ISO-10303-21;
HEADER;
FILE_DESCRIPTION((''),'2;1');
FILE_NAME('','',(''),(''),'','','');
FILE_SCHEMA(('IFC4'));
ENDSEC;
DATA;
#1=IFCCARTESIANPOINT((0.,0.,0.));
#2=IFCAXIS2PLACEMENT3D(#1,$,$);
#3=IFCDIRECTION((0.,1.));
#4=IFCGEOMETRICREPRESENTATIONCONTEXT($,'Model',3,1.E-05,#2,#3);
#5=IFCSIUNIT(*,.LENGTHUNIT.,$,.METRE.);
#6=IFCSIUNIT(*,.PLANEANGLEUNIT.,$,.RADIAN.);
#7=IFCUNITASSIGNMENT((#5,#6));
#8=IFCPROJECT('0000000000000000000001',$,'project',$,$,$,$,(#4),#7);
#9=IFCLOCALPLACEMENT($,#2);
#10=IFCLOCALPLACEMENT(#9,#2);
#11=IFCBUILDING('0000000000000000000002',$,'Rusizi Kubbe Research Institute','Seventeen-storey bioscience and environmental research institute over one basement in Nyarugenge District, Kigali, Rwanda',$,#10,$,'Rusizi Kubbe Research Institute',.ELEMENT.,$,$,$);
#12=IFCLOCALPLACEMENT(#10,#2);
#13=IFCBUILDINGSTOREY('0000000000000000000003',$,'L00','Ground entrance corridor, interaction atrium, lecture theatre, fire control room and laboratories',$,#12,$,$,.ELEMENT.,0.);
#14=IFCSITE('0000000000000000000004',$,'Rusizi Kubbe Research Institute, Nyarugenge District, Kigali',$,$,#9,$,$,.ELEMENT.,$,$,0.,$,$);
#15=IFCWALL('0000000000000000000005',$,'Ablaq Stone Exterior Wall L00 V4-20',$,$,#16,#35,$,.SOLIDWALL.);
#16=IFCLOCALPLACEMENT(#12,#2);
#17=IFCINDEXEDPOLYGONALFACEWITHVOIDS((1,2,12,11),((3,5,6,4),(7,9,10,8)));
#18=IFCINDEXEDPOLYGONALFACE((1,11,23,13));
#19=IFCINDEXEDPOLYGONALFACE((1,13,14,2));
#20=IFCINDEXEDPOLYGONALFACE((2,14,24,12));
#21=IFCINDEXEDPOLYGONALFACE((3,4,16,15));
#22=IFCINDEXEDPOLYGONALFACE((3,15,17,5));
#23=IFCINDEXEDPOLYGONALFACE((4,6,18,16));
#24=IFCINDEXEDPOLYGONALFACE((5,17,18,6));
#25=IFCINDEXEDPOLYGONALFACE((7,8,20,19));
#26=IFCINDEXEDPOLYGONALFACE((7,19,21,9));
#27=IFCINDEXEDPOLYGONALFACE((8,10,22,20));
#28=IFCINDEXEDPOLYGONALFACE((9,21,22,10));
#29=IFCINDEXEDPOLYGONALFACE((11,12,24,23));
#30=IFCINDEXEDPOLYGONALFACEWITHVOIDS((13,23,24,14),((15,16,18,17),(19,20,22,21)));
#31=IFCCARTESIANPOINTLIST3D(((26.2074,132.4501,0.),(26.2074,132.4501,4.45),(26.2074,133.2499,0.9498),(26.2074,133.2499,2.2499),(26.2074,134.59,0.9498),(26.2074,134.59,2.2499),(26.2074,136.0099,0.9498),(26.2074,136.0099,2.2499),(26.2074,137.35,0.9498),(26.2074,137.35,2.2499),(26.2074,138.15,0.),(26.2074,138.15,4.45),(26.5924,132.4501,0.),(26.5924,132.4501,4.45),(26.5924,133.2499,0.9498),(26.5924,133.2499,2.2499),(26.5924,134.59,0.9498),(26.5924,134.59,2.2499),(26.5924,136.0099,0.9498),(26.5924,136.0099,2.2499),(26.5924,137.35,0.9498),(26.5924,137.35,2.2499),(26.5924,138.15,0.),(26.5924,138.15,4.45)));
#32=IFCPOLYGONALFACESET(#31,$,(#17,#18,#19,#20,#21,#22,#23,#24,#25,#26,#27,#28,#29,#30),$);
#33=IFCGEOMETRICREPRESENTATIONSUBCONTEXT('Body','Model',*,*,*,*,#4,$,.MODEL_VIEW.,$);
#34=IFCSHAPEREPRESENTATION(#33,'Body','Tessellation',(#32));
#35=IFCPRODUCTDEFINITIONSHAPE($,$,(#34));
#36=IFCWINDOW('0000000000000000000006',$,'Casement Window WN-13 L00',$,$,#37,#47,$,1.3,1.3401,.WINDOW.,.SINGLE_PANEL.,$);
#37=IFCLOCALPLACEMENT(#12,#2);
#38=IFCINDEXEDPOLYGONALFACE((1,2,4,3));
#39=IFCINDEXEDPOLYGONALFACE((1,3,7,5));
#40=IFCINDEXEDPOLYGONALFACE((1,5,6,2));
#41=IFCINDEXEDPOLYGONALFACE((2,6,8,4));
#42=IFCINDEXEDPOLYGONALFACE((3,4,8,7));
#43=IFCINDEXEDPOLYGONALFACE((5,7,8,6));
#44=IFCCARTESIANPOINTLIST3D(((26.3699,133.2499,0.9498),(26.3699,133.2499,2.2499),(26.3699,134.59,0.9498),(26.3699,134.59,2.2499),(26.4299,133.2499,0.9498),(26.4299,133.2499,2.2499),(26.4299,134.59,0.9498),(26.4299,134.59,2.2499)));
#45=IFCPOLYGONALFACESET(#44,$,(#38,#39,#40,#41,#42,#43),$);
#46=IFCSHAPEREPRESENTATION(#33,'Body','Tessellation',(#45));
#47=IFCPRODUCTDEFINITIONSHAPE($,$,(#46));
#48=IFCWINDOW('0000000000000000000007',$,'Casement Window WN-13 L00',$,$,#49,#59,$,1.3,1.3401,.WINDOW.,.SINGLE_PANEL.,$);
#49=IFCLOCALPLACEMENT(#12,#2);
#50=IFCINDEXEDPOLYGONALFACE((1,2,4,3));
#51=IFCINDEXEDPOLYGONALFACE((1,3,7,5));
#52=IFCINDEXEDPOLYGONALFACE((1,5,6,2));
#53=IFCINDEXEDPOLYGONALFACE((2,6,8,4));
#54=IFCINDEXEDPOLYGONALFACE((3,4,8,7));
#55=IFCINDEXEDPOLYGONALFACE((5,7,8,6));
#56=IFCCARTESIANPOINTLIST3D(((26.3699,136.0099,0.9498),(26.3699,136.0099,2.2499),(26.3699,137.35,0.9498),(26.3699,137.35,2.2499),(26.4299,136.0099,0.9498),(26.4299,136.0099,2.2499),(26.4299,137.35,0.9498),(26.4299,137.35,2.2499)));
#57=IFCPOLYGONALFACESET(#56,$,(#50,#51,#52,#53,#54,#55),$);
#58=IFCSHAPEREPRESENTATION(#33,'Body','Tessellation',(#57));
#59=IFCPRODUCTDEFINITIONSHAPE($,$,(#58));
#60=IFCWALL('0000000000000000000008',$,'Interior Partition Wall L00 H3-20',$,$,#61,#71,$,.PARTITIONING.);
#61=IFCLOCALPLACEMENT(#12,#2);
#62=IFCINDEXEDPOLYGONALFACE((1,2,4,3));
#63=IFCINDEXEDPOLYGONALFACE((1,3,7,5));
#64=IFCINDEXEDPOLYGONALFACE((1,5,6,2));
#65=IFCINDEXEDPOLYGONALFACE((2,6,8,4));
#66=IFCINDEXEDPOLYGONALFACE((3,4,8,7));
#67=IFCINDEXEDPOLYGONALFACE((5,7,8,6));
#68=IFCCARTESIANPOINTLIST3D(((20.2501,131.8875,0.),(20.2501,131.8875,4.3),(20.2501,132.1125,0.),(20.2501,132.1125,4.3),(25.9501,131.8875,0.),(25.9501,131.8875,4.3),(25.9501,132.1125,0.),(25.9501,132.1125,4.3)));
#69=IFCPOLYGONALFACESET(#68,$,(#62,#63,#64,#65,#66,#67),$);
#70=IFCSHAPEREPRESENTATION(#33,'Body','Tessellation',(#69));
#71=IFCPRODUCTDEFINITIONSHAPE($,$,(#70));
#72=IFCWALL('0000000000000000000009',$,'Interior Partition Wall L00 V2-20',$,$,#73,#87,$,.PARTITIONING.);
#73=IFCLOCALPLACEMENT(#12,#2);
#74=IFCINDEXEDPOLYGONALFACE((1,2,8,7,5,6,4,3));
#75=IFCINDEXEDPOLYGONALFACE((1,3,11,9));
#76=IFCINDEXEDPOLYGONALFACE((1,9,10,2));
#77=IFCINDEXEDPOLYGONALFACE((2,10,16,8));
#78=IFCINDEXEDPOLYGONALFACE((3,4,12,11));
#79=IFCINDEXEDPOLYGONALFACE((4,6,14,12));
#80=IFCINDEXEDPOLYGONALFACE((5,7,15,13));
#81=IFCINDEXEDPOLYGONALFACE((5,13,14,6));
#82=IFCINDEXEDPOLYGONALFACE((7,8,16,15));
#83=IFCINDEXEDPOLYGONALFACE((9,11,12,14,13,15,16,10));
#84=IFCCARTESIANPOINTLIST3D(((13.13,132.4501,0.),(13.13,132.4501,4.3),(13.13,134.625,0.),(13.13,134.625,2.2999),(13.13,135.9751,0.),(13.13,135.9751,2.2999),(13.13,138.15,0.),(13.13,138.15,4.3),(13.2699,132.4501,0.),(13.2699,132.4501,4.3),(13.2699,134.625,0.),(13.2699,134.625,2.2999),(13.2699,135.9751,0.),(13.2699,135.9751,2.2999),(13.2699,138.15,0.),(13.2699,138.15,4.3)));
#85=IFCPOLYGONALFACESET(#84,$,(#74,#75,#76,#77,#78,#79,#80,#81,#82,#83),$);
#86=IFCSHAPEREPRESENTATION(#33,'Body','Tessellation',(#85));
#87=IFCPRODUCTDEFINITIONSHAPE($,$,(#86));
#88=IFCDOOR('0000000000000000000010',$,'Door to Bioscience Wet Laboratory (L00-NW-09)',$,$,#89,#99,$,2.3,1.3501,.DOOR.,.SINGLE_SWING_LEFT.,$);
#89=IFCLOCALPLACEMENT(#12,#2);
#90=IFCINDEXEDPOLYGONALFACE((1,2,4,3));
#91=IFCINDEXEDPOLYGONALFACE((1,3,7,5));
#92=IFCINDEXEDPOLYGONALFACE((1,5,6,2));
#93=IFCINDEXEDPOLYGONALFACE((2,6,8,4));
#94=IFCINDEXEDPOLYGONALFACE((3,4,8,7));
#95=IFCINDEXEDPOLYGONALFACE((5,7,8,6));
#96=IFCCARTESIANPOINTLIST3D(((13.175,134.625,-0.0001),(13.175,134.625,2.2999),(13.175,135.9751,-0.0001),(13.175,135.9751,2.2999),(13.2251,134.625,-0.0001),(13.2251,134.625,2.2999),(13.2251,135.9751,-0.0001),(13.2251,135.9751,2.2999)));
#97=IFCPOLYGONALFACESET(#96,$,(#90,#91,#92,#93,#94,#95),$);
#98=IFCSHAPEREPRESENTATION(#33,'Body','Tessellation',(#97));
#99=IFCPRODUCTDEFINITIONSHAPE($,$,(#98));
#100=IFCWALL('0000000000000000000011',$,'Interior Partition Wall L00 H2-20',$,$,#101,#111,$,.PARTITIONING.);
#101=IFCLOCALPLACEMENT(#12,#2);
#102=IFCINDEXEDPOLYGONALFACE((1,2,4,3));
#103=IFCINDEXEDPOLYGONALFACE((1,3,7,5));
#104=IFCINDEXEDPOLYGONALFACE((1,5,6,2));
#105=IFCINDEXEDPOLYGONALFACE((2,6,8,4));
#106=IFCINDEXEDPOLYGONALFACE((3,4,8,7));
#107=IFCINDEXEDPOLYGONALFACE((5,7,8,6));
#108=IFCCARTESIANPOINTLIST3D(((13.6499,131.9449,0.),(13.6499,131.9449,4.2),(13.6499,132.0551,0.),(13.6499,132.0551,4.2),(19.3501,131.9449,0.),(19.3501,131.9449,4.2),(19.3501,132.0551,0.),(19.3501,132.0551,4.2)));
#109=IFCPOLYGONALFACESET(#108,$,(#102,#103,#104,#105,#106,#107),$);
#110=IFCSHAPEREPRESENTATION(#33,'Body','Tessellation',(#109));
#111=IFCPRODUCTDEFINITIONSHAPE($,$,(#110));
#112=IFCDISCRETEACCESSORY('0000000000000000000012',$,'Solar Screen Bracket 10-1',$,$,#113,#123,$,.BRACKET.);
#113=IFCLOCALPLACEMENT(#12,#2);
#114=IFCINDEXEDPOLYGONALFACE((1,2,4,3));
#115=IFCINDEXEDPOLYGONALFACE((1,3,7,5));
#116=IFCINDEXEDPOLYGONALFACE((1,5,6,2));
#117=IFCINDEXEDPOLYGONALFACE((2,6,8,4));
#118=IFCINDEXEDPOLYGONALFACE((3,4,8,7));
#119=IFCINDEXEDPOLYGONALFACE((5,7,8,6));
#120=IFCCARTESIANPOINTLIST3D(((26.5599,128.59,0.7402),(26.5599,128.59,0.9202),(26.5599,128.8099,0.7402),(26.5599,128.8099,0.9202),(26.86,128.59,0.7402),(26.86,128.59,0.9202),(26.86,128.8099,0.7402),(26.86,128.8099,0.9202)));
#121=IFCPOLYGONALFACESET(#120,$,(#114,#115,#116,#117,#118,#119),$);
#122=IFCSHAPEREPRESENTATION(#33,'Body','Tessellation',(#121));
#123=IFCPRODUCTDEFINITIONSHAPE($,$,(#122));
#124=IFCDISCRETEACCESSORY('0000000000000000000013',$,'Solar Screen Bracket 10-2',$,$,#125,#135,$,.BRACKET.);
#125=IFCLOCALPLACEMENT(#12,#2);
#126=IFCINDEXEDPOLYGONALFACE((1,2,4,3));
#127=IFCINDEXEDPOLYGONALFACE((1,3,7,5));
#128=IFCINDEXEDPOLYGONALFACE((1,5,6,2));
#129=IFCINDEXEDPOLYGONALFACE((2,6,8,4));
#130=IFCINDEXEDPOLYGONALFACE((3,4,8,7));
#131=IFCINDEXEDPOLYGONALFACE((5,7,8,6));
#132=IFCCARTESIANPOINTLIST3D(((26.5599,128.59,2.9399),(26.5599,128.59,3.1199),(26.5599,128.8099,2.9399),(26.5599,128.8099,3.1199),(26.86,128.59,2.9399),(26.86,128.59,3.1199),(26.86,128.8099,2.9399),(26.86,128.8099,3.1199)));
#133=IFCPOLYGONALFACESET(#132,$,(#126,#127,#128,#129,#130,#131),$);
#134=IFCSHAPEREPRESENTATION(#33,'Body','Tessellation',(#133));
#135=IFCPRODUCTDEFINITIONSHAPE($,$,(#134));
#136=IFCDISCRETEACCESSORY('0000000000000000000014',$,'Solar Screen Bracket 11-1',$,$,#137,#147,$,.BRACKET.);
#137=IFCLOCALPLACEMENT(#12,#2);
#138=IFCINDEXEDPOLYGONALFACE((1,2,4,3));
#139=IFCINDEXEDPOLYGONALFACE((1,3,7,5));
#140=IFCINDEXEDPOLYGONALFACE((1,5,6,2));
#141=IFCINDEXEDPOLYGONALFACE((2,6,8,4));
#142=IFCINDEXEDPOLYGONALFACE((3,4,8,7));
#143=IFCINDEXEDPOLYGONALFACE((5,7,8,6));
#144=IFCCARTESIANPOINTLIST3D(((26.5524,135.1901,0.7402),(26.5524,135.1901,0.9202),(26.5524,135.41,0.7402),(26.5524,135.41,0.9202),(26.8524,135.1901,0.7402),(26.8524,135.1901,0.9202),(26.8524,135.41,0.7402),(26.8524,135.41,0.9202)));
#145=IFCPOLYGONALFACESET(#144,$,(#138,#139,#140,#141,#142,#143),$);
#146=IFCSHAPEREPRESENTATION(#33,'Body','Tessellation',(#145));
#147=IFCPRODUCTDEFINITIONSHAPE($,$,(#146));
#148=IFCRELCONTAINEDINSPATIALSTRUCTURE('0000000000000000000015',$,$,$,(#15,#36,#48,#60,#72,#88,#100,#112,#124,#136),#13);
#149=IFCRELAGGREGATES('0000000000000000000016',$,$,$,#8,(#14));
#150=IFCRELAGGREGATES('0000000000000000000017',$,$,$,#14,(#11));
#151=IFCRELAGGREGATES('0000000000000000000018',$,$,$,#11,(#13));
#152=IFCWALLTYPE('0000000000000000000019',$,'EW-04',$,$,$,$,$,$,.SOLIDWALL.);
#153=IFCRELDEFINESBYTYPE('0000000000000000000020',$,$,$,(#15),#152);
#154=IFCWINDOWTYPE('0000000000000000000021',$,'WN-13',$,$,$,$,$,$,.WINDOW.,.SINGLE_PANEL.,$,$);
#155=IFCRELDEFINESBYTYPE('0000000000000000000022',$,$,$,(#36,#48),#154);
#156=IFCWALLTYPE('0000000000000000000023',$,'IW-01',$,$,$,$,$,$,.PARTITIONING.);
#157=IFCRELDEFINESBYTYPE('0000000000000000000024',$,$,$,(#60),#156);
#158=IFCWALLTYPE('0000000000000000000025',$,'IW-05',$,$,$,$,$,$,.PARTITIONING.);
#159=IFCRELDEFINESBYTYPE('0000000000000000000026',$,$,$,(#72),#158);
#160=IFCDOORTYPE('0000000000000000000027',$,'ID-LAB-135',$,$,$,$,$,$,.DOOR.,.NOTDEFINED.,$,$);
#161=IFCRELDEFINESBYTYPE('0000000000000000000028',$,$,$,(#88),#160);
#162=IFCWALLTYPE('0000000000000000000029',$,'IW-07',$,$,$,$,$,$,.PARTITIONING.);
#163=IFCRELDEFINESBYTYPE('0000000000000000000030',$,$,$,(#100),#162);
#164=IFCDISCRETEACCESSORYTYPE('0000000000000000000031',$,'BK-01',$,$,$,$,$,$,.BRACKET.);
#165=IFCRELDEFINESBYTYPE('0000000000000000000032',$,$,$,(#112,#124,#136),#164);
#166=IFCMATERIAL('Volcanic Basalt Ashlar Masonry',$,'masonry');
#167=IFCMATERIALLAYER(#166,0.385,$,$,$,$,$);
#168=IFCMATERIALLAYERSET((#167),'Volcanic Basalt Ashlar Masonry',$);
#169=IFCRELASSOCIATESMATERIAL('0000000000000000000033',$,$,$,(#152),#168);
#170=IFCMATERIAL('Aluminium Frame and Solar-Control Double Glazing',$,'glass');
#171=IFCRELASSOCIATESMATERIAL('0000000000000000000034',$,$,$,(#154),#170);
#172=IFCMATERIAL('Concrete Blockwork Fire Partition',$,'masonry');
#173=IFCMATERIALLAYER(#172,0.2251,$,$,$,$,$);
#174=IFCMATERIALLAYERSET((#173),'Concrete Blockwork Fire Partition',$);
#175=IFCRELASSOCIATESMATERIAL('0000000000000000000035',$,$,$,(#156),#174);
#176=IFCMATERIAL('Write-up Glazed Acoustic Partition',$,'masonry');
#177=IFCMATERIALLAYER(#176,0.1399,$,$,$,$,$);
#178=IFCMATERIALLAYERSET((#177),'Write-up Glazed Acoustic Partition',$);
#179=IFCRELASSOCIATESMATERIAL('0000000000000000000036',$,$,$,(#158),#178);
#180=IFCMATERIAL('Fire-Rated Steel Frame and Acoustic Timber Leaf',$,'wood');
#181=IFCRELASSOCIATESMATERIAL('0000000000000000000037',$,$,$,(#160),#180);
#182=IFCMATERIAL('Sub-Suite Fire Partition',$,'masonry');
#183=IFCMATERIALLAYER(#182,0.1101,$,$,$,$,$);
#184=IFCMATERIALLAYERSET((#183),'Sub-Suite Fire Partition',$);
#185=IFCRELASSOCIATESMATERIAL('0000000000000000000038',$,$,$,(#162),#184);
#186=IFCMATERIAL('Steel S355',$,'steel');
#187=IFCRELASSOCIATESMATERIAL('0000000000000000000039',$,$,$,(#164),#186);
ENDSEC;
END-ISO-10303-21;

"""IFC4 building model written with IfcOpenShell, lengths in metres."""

from ifc_helpers import new_model, si_unit, direction, frame, frame_2d, origin, origin_2d, place, context, subcontext, project, spatial, rectangle, extrude, material, layer, layer_set, type_object, element, fill, save


model = new_model("IFC4")

# Units and contexts
model_context = context("Model", 3, precision=1e-05, world=origin(), true_north=direction((0.0, 1.0)))
body_context = subcontext(model_context, "Body", "Model", "MODEL_VIEW")
ifc_project = project(units=[si_unit("LENGTHUNIT", "METRE"), si_unit("PLANEANGLEUNIT", "RADIAN")], contexts=[model_context])

# Site, building, storey
site_placement = place(None, origin())
site = spatial("IfcSite", under=ifc_project, at=site_placement, Name="Rusizi Kubbe Research Institute, Nyarugenge District, Kigali", CompositionType="ELEMENT", RefElevation=0.0)
building_placement = place(site_placement, origin())
building = spatial("IfcBuilding", under=site, at=building_placement, Name="Rusizi Kubbe Research Institute", Description="Seventeen-storey bioscience and environmental research institute over one basement in Nyarugenge District, Kigali, Rwanda", LongName="Rusizi Kubbe Research Institute", CompositionType="ELEMENT")
storey_placement = place(building_placement, origin())
storey = spatial("IfcBuildingStorey", under=building, at=storey_placement, Name="L00", Description="Ground entrance corridor, interaction atrium, lecture theatre, fire control room and laboratories", CompositionType="ELEMENT", Elevation=0.0)

# Wall, openings, windows
ifc_material_1 = material(Name="Volcanic Basalt Ashlar Masonry", Category="masonry")
ifc_layer_1 = layer(ifc_material_1, 0.385)
ifc_layer_set_1 = layer_set([ifc_layer_1], Name="Volcanic Basalt Ashlar Masonry")
wall_type_1 = type_object("IfcWallType", Name="EW-04", PredefinedType="SOLIDWALL", material=ifc_layer_set_1)
wall_1_placement = place(storey_placement, frame((26.3999, 132.45, 0.0), z_axis=(0.0, 0.0, 1.0), x_axis=(0.0, 1.0, 0.0)))
wall_1 = element("IfcWall", 1, at=wall_1_placement, inside=storey, type_object=wall_type_1, Name="Ablaq Stone Exterior Wall L00 V4-20", PredefinedType="SOLIDWALL", context=body_context, shape_type="SweptSolid", body=[
    extrude(rectangle(XDim=5.7, YDim=0.385, at=frame_2d((2.8501, 0.0))), origin(), (0.0, 0.0, 1.0), 4.45),
])
opening_1_placement = place(wall_1_placement, frame((0.8, 0.0, 0.95)))
opening_1 = element("IfcOpeningElement", 2, at=opening_1_placement, cuts=wall_1, PredefinedType="OPENING", context=body_context, shape_type="SweptSolid", body=[
    extrude(rectangle(XDim=1.3401, YDim=1.3, at=frame_2d((0.6699, 0.6499))), frame((0.0, 0.2024, 0.0), z_axis=(0.0, -1.0, 0.0), x_axis=(1.0, 0.0, 0.0)), (0.0, 0.0, 1.0), 0.405),
])
opening_2_placement = place(wall_1_placement, frame((3.5601, 0.0, 0.95)))
opening_2 = element("IfcOpeningElement", 3, at=opening_2_placement, cuts=wall_1, PredefinedType="OPENING", context=body_context, shape_type="SweptSolid", body=[
    extrude(rectangle(XDim=1.3401, YDim=1.3, at=frame_2d((0.6699, 0.6499))), frame((0.0, 0.2024, 0.0), z_axis=(0.0, -1.0, 0.0), x_axis=(1.0, 0.0, 0.0)), (0.0, 0.0, 1.0), 0.405),
])
ifc_material_2 = material(Name="Aluminium Frame and Solar-Control Double Glazing", Category="glass")
window_type_1 = type_object("IfcWindowType", Name="WN-13", PartitioningType="SINGLE_PANEL", PredefinedType="WINDOW", material=ifc_material_2)
window_1_placement = place(opening_1_placement, origin())
window_1 = element("IfcWindow", 4, at=window_1_placement, inside=storey, type_object=window_type_1, Name="Casement Window WN-13 L00", OverallHeight=1.3, OverallWidth=1.3401, PartitioningType="SINGLE_PANEL", PredefinedType="WINDOW", context=body_context, shape_type="SweptSolid", body=[
    extrude(rectangle(XDim=1.3401, YDim=1.3, at=frame_2d((0.6699, 0.6499))), frame((0.0, 0.03, 0.0), z_axis=(0.0, -1.0, 0.0), x_axis=(1.0, 0.0, 0.0)), (0.0, 0.0, 1.0), 0.0601),
])
fill(opening_1, window_1)
window_2_placement = place(opening_2_placement, origin())
window_2 = element("IfcWindow", 5, at=window_2_placement, inside=storey, type_object=window_type_1, Name="Casement Window WN-13 L00", OverallHeight=1.3, OverallWidth=1.3401, PartitioningType="SINGLE_PANEL", PredefinedType="WINDOW", context=body_context, shape_type="SweptSolid", body=[
    extrude(rectangle(XDim=1.3401, YDim=1.3, at=frame_2d((0.6699, 0.6499))), frame((0.0, 0.03, 0.0), z_axis=(0.0, -1.0, 0.0), x_axis=(1.0, 0.0, 0.0)), (0.0, 0.0, 1.0), 0.0601),
])
fill(opening_2, window_2)

# Wall
ifc_material_3 = material(Name="Concrete Blockwork Fire Partition", Category="masonry")
ifc_layer_2 = layer(ifc_material_3, 0.2251)
ifc_layer_set_2 = layer_set([ifc_layer_2], Name="Concrete Blockwork Fire Partition")
wall_type_2 = type_object("IfcWallType", Name="IW-01", PredefinedType="PARTITIONING", material=ifc_layer_set_2)
wall_2_placement = place(storey_placement, frame((20.25, 132.0, 0.0), z_axis=(0.0, 0.0, 1.0), x_axis=(1.0, 0.0, 0.0)))
element("IfcWall", 6, at=wall_2_placement, inside=storey, type_object=wall_type_2, Name="Interior Partition Wall L00 H3-20", PredefinedType="PARTITIONING", context=body_context, shape_type="SweptSolid", body=[
    extrude(rectangle(XDim=5.7, YDim=0.2251, at=frame_2d((2.8501, 0.0))), origin(), (0.0, 0.0, 1.0), 4.3),
])

# Wall, opening, door
ifc_material_4 = material(Name="Write-up Glazed Acoustic Partition", Category="masonry")
ifc_layer_3 = layer(ifc_material_4, 0.1399)
ifc_layer_set_3 = layer_set([ifc_layer_3], Name="Write-up Glazed Acoustic Partition")
wall_type_3 = type_object("IfcWallType", Name="IW-05", PredefinedType="PARTITIONING", material=ifc_layer_set_3)
wall_3_placement = place(storey_placement, frame((13.2, 132.45, 0.0), z_axis=(0.0, 0.0, 1.0), x_axis=(0.0, 1.0, 0.0)))
wall_3 = element("IfcWall", 7, at=wall_3_placement, inside=storey, type_object=wall_type_3, Name="Interior Partition Wall L00 V2-20", PredefinedType="PARTITIONING", context=body_context, shape_type="SweptSolid", body=[
    extrude(rectangle(XDim=5.7, YDim=0.1399, at=frame_2d((2.8501, 0.0))), origin(), (0.0, 0.0, 1.0), 4.3),
])
opening_3_placement = place(wall_3_placement, frame((2.175, 0.0, 0.0)))
opening_3 = element("IfcOpeningElement", 8, at=opening_3_placement, cuts=wall_3, PredefinedType="OPENING", context=body_context, shape_type="SweptSolid", body=[
    extrude(rectangle(XDim=1.3501, YDim=2.3, at=frame_2d((0.675, 1.1499))), frame((0.0, 0.0798, 0.0), z_axis=(0.0, -1.0, 0.0), x_axis=(1.0, 0.0, 0.0)), (0.0, 0.0, 1.0), 0.1599),
])
ifc_material_5 = material(Name="Fire-Rated Steel Frame and Acoustic Timber Leaf", Category="wood")
door_type = type_object("IfcDoorType", Name="ID-LAB-135", OperationType="NOTDEFINED", PredefinedType="DOOR", material=ifc_material_5)
door_placement = place(opening_3_placement, origin())
door = element("IfcDoor", 9, at=door_placement, inside=storey, type_object=door_type, Name="Door to Bioscience Wet Laboratory (L00-NW-09)", OperationType="SINGLE_SWING_LEFT", OverallHeight=2.3, OverallWidth=1.3501, PredefinedType="DOOR", context=body_context, shape_type="SweptSolid", body=[
    extrude(rectangle(XDim=1.3501, YDim=2.3, at=frame_2d((0.675, 1.1499))), frame((0.0, 0.0249, 0.0), z_axis=(0.0, -1.0, 0.0), x_axis=(1.0, 0.0, 0.0)), (0.0, 0.0, 1.0), 0.05),
])
fill(opening_3, door)

# Wall
ifc_material_6 = material(Name="Sub-Suite Fire Partition", Category="masonry")
ifc_layer_4 = layer(ifc_material_6, 0.1101)
ifc_layer_set_4 = layer_set([ifc_layer_4], Name="Sub-Suite Fire Partition")
wall_type_4 = type_object("IfcWallType", Name="IW-07", PredefinedType="PARTITIONING", material=ifc_layer_set_4)
wall_4_placement = place(storey_placement, frame((13.6499, 132.0, 0.0), z_axis=(0.0, 0.0, 1.0), x_axis=(1.0, 0.0, 0.0)))
element("IfcWall", 10, at=wall_4_placement, inside=storey, type_object=wall_type_4, Name="Interior Partition Wall L00 H2-20", PredefinedType="PARTITIONING", context=body_context, shape_type="SweptSolid", body=[
    extrude(rectangle(XDim=5.7002, YDim=0.1101, at=frame_2d((2.8501, 0.0))), origin(), (0.0, 0.0, 1.0), 4.2),
])

# Discrete accessories
ifc_material_7 = material(Name="Steel S355", Category="steel")
discrete_accessory_type = type_object("IfcDiscreteAccessoryType", Name="BK-01", PredefinedType="BRACKET", material=ifc_material_7)
for number, where, z_axis, x_axis, name in (
    (11, (26.71, 128.7, 0.7402), (0.0, 0.0, 1.0), (1.0, 0.0, 0.0), "Solar Screen Bracket 10-1"),
    (12, (26.71, 128.7, 2.9399), (0.0, 0.0, 1.0), (1.0, 0.0, 0.0), "Solar Screen Bracket 10-2"),
    (13, (26.7024, 135.3, 0.7402), (0.0, 0.0, 1.0), (1.0, 0.0, 0.0), "Solar Screen Bracket 11-1"),
):
    element("IfcDiscreteAccessory", number, at=place(storey_placement, frame(where, z_axis=z_axis, x_axis=x_axis)), inside=storey, type_object=discrete_accessory_type, Name=name, PredefinedType="BRACKET", context=body_context, shape_type="SweptSolid", body=[
        extrude(rectangle(XDim=0.3, YDim=0.22, at=origin_2d()), origin(), (0.0, 0.0, 1.0), 0.1799),
    ])

save(model, "model.ifc")
